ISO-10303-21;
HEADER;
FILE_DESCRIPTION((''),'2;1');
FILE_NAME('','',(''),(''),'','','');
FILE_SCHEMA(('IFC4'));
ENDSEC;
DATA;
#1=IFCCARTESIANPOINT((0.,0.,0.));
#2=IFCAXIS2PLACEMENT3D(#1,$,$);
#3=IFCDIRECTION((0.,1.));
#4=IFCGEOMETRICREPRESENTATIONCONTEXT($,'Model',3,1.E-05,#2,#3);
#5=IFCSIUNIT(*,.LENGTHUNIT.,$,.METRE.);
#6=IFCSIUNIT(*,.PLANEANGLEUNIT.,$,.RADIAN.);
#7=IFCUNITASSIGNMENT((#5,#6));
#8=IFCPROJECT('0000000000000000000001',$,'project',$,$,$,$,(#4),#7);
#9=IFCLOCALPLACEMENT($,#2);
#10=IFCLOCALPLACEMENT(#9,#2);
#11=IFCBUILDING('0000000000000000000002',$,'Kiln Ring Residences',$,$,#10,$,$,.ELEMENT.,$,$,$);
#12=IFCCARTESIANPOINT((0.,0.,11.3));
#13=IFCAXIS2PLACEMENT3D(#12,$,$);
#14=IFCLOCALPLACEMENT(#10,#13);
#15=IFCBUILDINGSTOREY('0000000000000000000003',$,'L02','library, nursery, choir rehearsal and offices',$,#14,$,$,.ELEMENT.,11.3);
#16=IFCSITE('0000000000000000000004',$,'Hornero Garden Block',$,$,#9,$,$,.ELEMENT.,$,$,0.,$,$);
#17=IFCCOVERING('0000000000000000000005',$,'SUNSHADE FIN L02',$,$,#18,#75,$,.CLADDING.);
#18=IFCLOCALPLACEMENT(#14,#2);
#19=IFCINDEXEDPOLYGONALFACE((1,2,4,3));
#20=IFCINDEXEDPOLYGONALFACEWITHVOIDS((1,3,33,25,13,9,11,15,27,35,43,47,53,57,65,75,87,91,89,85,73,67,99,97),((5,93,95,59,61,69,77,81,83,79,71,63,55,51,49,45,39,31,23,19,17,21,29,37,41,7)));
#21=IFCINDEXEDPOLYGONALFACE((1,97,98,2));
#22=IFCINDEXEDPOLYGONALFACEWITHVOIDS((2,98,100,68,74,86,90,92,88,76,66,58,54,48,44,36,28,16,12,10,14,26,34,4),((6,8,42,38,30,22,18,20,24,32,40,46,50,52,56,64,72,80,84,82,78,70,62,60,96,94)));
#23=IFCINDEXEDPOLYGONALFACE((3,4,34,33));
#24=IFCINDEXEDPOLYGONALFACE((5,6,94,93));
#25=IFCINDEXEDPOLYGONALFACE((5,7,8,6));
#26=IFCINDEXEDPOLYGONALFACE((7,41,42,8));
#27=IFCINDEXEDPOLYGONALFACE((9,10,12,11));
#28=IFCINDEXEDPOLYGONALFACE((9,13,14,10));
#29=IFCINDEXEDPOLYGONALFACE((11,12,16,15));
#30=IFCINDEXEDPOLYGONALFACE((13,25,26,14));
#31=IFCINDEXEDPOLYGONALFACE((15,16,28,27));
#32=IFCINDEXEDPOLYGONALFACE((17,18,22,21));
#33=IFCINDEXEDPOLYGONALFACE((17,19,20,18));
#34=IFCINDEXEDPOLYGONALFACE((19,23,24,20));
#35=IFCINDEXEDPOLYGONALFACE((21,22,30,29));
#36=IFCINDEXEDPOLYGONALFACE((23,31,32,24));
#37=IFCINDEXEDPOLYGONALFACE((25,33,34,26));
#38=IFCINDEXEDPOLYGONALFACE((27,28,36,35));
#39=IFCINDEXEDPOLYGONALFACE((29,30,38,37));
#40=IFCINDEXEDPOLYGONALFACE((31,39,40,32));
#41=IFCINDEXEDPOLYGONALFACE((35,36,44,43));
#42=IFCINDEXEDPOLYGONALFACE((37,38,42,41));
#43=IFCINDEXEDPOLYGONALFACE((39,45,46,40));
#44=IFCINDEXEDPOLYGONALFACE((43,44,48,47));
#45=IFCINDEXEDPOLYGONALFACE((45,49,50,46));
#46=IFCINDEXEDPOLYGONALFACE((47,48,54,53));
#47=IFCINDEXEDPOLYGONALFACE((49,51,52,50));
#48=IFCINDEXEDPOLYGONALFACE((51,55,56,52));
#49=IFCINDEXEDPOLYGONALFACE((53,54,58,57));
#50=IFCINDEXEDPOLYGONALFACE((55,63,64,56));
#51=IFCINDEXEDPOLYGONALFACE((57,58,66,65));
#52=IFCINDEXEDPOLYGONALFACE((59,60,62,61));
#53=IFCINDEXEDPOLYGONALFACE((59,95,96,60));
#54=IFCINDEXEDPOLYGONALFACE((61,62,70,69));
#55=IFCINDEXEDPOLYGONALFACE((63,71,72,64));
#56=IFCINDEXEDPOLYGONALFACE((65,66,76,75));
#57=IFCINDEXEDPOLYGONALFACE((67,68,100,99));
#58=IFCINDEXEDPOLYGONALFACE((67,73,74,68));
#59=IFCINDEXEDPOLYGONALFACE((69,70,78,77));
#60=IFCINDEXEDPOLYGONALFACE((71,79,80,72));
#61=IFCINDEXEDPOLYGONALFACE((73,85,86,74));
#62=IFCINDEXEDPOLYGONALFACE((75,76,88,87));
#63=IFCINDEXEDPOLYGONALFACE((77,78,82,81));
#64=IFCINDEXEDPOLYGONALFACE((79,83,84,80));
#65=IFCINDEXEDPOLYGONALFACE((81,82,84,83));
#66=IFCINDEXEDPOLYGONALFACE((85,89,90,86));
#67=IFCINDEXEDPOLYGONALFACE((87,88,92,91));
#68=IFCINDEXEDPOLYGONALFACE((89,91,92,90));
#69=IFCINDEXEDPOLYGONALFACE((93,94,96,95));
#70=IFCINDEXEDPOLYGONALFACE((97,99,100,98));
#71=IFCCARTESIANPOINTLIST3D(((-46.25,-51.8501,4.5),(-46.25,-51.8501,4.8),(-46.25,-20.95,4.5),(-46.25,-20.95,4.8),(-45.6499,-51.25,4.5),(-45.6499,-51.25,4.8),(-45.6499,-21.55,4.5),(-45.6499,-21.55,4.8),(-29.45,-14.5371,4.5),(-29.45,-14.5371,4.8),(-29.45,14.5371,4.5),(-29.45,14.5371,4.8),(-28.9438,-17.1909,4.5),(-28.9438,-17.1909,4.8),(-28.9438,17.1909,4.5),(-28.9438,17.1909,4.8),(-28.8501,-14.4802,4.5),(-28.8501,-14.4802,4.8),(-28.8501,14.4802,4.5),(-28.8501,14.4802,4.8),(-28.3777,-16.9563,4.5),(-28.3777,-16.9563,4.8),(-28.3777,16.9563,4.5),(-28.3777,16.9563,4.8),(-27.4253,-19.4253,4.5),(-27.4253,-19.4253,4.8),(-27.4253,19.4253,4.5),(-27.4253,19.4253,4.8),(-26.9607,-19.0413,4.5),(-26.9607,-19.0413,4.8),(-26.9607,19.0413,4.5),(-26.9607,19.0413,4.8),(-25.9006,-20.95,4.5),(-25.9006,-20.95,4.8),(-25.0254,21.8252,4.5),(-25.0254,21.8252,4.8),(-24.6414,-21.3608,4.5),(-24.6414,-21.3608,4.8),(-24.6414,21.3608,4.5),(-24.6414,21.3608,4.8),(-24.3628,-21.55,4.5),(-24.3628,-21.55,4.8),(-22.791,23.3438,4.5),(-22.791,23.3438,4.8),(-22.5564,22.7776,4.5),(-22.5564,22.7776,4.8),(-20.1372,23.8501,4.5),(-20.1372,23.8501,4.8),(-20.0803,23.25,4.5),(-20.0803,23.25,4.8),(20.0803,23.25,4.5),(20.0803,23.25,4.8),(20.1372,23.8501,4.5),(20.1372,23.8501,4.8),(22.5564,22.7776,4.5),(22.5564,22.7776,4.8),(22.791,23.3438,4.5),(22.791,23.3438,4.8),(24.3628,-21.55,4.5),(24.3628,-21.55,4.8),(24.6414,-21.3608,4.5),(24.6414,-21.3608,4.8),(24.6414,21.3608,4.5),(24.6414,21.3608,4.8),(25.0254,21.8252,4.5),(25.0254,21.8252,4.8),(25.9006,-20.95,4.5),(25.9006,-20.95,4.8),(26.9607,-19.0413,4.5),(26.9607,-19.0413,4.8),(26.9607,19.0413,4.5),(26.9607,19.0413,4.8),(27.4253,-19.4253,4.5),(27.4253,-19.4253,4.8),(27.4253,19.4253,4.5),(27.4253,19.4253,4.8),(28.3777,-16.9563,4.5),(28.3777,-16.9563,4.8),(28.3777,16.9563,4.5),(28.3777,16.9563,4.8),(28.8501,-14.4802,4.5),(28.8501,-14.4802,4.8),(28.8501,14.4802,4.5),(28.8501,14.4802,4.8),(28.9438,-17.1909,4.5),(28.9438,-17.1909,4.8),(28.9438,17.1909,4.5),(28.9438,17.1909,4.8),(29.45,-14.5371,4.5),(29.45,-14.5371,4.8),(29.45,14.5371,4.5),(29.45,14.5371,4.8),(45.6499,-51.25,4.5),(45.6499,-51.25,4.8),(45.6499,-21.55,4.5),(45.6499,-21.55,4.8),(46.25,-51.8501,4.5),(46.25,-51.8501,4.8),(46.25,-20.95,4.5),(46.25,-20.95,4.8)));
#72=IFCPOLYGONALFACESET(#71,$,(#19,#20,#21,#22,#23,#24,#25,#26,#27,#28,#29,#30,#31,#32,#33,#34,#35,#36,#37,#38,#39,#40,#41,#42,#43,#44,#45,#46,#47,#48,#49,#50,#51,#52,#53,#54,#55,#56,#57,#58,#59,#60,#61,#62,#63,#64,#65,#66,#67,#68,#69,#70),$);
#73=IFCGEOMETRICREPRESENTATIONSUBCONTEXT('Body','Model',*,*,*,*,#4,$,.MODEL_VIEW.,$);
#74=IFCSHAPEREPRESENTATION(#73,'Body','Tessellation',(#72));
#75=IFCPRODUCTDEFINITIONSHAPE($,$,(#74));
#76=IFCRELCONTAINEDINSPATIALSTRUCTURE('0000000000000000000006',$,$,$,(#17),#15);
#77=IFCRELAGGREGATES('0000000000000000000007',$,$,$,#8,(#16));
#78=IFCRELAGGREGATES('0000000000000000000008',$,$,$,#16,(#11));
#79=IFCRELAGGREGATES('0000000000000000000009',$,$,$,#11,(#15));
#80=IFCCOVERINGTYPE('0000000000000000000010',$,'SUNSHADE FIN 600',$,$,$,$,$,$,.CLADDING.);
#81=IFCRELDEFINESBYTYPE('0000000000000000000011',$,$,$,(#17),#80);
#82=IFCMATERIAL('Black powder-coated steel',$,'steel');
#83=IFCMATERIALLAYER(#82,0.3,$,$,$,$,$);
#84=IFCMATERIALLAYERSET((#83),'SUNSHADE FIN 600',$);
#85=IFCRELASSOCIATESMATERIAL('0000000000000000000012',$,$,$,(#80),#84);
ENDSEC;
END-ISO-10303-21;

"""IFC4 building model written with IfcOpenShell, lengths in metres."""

from ifc_helpers import new_model, si_unit, direction, frame, origin, place, context, subcontext, project, spatial, polyline, outline, extrude, material, layer, layer_set, type_object, element, save


model = new_model("IFC4")

# Units and contexts
model_context = context("Model", 3, precision=1e-05, world=origin(), true_north=direction((0.0, 1.0)))
body_context = subcontext(model_context, "Body", "Model", "MODEL_VIEW")
ifc_project = project(units=[si_unit("LENGTHUNIT", "METRE"), si_unit("PLANEANGLEUNIT", "RADIAN")], contexts=[model_context])

# Site, building, storey
site_placement = place(None, origin())
site = spatial("IfcSite", under=ifc_project, at=site_placement, Name="Hornero Garden Block", CompositionType="ELEMENT", RefElevation=0.0)
building_placement = place(site_placement, origin())
building = spatial("IfcBuilding", under=site, at=building_placement, Name="Kiln Ring Residences", CompositionType="ELEMENT")
storey_placement = place(building_placement, frame((0.0, 0.0, 11.3)))
storey = spatial("IfcBuildingStorey", under=building, at=storey_placement, Name="L02", Description="library, nursery, choir rehearsal and offices", CompositionType="ELEMENT", Elevation=11.3)

# Covering
ifc_material_1 = material(Name="Black powder-coated steel", Category="steel")
ifc_layer_1 = layer(ifc_material_1, 0.3)
ifc_layer_set_1 = layer_set([ifc_layer_1], Name="SUNSHADE FIN 600")
covering_type_1 = type_object("IfcCoveringType", Name="SUNSHADE FIN 600", PredefinedType="CLADDING", material=ifc_layer_set_1)
covering_1_placement = place(storey_placement, frame((0.0, 0.0, 4.5)))
element("IfcCovering", 1, at=covering_1_placement, inside=storey, type_object=covering_type_1, Name="SUNSHADE FIN L02", PredefinedType="CLADDING", context=body_context, shape_type="SweptSolid", body=[
    extrude(outline(polyline([(-27.4253, -19.4253), (-25.9006, -20.95), (-46.25, -20.95), (-46.25, -51.8501), (46.25, -51.8501), (46.25, -20.95), (25.9006, -20.95), (27.4253, -19.4253), (28.9438, -17.1909), (29.45, -14.5371), (29.45, 14.5371), (28.9438, 17.1909), (27.4253, 19.4253), (25.0254, 21.8252), (22.791, 23.3438), (20.1372, 23.8501), (-20.1372, 23.8501), (-22.791, 23.3438), (-25.0254, 21.8252), (-27.4253, 19.4253), (-28.9438, 17.1909), (-29.45, 14.5371), (-29.45, -14.5371), (-28.9438, -17.1909), (-27.4253, -19.4253)]), holes=[polyline([(-45.6499, -21.55), (-24.3628, -21.55), (-24.6414, -21.3608), (-26.9607, -19.0413), (-28.3777, -16.9563), (-28.8501, -14.4802), (-28.8501, 14.4802), (-28.3777, 16.9563), (-26.9607, 19.0413), (-24.6414, 21.3608), (-22.5564, 22.7776), (-20.0803, 23.25), (20.0803, 23.25), (22.5564, 22.7776), (24.6414, 21.3608), (26.9607, 19.0413), (28.3777, 16.9563), (28.8501, 14.4802), (28.8501, -14.4802), (28.3777, -16.9563), (26.9607, -19.0413), (24.6414, -21.3608), (24.3628, -21.55), (45.6499, -21.55), (45.6499, -51.25), (-45.6499, -51.25), (-45.6499, -21.55)])]), origin(), (0.0, 0.0, 1.0), 0.3),
])

save(model, "model.ifc")
